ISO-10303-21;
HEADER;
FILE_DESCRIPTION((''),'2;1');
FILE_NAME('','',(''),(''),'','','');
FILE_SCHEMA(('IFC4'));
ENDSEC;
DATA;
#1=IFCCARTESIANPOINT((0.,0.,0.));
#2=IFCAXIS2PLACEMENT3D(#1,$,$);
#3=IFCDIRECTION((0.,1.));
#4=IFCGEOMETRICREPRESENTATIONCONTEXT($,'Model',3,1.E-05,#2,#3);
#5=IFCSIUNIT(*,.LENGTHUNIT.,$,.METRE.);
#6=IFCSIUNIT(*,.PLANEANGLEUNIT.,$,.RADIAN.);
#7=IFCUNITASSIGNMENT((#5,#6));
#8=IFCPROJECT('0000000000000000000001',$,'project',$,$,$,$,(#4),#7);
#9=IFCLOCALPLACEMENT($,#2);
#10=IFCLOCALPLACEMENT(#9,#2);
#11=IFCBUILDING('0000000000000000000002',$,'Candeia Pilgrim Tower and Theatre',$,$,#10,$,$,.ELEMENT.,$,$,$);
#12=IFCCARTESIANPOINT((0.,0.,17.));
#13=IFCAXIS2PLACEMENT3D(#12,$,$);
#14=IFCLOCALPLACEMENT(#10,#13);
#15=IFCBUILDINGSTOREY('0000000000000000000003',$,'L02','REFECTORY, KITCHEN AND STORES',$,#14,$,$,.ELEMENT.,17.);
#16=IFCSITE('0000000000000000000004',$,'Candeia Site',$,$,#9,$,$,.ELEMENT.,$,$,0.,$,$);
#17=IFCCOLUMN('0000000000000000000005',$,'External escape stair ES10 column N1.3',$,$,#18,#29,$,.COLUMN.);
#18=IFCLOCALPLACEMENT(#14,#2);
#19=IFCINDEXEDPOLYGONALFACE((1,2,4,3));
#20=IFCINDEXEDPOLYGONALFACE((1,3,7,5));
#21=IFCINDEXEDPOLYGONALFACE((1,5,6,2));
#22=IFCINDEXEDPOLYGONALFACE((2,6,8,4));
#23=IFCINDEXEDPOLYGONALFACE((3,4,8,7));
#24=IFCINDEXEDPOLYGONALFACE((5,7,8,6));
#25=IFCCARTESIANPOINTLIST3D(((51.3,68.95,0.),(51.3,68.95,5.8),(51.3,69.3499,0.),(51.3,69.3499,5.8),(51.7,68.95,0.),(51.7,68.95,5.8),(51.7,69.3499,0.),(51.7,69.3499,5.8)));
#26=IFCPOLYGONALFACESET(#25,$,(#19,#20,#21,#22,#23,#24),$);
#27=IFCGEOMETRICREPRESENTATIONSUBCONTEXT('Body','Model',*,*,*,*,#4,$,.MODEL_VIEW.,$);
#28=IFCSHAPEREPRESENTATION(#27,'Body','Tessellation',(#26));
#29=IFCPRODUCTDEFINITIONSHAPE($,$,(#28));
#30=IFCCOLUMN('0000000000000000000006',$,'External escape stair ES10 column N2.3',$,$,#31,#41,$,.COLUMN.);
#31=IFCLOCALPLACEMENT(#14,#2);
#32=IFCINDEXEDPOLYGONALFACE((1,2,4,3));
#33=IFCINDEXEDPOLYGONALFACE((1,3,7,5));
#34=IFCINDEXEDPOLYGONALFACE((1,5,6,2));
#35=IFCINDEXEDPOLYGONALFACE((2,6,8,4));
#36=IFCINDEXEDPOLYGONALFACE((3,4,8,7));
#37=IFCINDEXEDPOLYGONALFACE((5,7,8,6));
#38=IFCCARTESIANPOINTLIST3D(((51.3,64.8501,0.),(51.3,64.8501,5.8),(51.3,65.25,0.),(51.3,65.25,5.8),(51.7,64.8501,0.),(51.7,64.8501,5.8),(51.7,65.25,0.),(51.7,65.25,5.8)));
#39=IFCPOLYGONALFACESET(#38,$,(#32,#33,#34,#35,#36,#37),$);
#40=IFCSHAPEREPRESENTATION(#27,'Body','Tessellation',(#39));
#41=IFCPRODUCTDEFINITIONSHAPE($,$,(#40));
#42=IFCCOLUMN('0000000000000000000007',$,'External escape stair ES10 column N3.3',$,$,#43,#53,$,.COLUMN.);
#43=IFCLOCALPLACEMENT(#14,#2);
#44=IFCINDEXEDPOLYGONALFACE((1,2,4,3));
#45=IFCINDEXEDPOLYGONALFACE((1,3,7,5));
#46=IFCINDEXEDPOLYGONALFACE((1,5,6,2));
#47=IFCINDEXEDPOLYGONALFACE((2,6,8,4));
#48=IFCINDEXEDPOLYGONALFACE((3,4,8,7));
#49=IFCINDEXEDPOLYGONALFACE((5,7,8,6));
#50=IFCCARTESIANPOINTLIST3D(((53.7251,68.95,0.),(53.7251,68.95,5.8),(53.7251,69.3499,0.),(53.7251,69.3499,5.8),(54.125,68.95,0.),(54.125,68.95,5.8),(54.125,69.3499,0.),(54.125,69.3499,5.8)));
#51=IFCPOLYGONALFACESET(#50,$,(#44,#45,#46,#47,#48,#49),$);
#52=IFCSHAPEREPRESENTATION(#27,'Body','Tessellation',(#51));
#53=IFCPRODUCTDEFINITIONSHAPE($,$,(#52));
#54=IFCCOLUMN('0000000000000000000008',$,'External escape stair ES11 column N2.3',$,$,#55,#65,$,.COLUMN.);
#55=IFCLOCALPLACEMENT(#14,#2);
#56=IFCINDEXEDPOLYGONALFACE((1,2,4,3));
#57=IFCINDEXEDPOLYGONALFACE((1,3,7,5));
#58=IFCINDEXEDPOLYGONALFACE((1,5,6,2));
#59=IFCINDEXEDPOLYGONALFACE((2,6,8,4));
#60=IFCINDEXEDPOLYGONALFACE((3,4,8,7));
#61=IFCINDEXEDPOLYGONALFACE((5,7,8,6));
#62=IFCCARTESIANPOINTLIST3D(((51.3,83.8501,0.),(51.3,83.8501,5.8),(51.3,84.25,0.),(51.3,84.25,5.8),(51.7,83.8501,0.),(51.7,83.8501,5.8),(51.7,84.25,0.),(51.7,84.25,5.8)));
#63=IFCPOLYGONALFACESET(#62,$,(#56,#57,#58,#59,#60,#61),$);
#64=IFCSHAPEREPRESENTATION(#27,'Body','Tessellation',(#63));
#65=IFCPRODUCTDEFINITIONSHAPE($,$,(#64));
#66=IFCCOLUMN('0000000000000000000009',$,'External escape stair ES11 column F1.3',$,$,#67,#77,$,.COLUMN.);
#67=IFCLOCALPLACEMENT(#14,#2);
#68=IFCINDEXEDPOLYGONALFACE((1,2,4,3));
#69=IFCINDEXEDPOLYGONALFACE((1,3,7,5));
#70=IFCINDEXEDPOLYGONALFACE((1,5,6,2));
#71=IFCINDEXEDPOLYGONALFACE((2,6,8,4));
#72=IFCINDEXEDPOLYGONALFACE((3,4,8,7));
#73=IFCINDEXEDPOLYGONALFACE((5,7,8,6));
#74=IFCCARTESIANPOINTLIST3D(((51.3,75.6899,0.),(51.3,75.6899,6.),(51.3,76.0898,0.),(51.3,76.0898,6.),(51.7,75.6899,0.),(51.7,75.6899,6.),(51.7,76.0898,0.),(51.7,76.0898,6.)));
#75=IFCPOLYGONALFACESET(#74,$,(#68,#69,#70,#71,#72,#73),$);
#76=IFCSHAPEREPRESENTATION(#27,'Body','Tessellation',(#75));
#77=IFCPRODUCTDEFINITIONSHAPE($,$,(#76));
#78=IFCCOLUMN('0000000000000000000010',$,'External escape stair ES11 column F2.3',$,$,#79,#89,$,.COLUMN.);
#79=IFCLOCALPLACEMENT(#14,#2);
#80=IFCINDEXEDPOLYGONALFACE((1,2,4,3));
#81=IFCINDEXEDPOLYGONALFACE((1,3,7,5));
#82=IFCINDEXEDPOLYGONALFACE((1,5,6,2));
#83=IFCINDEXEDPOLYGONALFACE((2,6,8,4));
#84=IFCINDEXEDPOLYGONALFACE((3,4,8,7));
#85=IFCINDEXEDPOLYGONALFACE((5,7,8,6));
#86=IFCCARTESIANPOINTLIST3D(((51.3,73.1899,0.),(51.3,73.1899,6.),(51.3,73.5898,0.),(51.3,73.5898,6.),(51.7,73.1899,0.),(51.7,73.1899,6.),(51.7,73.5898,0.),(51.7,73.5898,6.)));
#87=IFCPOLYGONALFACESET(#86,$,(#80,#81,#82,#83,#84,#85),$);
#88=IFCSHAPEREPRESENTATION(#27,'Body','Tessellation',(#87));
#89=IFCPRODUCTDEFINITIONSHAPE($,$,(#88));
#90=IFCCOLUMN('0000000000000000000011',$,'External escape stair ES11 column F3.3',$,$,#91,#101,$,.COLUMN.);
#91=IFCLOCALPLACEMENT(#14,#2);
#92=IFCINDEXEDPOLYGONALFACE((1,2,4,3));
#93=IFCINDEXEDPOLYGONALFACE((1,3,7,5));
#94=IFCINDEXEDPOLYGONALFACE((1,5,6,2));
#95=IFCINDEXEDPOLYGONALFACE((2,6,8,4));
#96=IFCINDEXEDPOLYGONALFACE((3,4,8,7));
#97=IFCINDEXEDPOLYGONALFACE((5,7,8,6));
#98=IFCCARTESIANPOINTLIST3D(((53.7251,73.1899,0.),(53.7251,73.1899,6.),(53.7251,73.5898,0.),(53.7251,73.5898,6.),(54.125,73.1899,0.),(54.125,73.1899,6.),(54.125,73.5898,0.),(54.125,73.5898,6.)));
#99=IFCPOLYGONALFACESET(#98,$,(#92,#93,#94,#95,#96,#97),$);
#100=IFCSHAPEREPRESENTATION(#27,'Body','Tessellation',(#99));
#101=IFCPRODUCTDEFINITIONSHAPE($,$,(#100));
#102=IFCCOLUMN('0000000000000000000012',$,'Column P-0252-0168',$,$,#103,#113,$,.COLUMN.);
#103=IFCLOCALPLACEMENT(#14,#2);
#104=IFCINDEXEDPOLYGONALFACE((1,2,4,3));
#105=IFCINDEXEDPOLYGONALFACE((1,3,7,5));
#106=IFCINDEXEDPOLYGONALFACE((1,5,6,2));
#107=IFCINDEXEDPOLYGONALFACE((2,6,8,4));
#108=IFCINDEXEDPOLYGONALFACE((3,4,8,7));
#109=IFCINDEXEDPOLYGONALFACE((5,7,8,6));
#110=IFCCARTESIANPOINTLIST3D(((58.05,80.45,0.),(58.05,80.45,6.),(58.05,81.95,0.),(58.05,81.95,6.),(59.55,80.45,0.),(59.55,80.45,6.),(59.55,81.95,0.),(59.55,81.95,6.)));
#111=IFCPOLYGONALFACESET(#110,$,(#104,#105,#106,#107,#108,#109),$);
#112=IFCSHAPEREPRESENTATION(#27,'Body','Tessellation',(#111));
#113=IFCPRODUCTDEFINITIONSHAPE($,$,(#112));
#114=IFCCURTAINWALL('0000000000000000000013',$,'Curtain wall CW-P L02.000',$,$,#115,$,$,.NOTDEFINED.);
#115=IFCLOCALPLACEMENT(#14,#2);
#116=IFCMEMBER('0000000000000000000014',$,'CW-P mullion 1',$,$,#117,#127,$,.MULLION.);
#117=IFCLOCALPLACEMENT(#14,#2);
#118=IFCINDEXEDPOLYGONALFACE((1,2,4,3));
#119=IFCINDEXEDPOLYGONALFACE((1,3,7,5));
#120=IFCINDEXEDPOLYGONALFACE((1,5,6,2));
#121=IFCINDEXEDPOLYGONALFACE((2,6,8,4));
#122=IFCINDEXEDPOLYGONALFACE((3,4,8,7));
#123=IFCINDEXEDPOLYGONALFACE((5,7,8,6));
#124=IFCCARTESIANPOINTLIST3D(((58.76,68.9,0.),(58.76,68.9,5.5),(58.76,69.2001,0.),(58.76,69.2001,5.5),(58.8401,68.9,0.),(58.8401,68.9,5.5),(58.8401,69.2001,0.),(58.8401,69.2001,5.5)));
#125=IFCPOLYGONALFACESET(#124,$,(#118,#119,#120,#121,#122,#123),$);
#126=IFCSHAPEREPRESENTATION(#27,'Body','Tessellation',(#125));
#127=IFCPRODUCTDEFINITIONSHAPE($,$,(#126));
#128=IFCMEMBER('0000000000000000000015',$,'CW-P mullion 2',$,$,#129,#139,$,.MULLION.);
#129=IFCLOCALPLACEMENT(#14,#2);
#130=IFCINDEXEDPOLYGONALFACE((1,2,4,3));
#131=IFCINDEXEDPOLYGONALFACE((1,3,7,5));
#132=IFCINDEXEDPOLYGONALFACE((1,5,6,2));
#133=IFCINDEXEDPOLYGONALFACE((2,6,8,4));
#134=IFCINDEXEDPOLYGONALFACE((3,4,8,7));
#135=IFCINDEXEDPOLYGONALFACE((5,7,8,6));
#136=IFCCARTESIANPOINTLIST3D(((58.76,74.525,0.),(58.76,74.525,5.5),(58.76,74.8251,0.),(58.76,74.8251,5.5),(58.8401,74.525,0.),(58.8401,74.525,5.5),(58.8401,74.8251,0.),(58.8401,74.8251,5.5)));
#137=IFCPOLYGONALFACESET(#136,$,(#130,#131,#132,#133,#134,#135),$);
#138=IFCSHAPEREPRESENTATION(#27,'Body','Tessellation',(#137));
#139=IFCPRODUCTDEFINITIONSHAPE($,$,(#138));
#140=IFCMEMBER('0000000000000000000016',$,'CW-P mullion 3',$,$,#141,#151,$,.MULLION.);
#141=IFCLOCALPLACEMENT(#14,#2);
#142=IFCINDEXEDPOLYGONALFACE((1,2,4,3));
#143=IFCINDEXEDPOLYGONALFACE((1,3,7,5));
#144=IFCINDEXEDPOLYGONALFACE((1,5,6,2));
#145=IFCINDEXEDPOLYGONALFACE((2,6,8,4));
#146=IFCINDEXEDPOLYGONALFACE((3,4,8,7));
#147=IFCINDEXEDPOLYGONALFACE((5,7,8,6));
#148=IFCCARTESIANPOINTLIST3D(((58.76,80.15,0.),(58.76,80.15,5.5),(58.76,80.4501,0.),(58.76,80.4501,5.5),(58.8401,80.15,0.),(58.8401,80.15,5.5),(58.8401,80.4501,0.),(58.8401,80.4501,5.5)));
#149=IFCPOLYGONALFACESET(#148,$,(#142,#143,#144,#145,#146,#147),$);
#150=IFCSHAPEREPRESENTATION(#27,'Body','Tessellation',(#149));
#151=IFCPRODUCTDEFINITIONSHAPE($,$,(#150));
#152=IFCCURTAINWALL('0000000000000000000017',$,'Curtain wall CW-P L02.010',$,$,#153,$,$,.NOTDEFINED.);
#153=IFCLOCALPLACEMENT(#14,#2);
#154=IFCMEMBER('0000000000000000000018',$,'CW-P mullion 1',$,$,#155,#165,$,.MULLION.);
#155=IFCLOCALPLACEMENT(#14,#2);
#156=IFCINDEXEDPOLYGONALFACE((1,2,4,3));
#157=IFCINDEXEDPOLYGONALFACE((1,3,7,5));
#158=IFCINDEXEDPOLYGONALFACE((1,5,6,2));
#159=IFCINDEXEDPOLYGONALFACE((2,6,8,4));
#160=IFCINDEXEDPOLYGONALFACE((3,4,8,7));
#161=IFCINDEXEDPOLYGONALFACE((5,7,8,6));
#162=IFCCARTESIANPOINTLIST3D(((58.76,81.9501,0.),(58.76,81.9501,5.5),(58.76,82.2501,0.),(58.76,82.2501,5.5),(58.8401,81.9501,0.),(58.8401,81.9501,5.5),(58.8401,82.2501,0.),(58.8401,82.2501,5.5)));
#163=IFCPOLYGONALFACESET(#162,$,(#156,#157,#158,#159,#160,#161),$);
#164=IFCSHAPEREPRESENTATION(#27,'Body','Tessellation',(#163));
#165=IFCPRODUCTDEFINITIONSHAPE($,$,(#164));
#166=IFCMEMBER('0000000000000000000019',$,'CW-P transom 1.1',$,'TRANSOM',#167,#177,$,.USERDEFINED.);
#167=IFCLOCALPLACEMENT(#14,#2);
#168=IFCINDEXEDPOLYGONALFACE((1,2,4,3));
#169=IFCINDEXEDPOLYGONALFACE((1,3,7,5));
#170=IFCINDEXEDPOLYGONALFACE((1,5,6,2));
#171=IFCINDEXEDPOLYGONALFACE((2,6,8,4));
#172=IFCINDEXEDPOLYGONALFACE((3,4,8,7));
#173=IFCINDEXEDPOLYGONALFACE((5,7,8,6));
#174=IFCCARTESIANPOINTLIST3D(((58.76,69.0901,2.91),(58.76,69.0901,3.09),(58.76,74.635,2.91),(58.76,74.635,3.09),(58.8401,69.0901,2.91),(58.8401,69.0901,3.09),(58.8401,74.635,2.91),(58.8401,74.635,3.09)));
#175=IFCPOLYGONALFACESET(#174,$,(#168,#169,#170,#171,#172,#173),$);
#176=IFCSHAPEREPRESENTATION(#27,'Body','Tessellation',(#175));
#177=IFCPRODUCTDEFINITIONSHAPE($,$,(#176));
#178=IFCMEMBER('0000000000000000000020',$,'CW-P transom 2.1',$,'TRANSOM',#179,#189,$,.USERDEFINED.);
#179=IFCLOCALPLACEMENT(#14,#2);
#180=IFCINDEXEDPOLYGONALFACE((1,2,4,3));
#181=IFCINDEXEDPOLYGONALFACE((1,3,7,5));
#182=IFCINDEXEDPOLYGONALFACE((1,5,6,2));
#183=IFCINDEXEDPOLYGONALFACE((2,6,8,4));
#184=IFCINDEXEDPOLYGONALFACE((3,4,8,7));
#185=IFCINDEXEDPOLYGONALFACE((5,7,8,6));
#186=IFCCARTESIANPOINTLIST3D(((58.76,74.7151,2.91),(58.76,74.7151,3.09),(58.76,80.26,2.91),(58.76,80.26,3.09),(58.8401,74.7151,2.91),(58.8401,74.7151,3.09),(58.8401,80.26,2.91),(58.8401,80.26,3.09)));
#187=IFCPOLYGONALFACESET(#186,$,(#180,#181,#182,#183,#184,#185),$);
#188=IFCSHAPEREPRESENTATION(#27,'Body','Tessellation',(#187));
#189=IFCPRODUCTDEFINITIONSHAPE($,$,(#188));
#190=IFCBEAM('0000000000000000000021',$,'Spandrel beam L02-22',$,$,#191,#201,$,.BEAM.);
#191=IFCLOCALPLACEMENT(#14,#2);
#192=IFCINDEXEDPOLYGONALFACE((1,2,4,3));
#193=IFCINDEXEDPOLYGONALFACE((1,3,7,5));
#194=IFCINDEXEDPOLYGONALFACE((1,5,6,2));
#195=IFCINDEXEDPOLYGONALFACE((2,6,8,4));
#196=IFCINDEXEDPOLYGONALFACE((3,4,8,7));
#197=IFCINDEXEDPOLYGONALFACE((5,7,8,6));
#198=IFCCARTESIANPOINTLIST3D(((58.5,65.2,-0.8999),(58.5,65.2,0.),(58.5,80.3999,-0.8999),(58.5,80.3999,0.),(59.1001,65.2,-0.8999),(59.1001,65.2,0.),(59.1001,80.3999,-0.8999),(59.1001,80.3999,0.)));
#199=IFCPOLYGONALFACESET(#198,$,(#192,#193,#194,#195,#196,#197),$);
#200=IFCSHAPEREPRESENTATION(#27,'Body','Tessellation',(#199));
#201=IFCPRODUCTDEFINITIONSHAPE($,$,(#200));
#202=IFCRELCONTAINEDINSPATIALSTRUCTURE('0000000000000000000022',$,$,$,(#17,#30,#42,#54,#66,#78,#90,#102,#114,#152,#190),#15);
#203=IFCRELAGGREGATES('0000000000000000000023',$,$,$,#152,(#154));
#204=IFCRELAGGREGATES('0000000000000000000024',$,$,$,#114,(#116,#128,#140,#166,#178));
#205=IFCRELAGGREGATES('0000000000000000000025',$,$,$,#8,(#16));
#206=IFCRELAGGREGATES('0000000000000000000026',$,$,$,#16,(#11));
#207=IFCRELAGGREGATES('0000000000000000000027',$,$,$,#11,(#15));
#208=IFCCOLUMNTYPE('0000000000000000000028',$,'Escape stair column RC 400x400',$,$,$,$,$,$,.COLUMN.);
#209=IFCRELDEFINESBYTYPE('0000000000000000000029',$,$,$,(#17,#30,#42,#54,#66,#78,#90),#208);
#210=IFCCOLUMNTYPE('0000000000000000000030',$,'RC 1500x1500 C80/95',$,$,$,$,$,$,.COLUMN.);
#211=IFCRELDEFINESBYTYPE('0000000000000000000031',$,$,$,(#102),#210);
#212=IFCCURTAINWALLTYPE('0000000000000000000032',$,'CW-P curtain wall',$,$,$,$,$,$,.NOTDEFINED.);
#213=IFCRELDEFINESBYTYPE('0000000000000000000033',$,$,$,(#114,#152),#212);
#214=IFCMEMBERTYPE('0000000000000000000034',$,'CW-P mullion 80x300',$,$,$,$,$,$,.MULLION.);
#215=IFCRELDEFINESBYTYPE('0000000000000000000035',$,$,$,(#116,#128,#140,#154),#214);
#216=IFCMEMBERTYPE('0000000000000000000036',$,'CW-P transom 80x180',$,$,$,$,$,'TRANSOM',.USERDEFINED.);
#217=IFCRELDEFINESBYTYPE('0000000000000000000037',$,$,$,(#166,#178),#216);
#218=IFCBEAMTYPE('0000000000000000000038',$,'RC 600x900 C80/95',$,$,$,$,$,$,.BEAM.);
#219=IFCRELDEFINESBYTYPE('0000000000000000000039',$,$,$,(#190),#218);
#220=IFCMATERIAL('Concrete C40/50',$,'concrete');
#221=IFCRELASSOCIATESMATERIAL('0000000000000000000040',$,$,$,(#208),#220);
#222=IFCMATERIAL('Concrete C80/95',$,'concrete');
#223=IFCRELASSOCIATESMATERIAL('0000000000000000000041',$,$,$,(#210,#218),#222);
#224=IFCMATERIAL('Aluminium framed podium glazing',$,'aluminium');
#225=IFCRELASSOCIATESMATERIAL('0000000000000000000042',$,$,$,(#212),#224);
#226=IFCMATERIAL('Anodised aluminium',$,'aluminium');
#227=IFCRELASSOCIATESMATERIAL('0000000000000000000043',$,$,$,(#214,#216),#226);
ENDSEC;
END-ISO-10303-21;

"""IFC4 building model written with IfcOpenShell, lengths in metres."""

from ifc_helpers import new_model, si_unit, direction, frame, origin, origin_2d, place, context, subcontext, project, spatial, rectangle, extrude, material, material_profile, profile_set, type_object, element, aggregate, save


model = new_model("IFC4")

# Units and contexts
model_context = context("Model", 3, precision=1e-05, world=origin(), true_north=direction((0.0, 1.0)))
body_context = subcontext(model_context, "Body", "Model", "MODEL_VIEW")
ifc_project = project(units=[si_unit("LENGTHUNIT", "METRE"), si_unit("PLANEANGLEUNIT", "RADIAN")], contexts=[model_context])

# Site, building, storey
site_placement = place(None, origin())
site = spatial("IfcSite", under=ifc_project, at=site_placement, Name="Candeia Site", CompositionType="ELEMENT", RefElevation=0.0)
building_placement = place(site_placement, origin())
building = spatial("IfcBuilding", under=site, at=building_placement, Name="Candeia Pilgrim Tower and Theatre", CompositionType="ELEMENT")
storey_placement = place(building_placement, frame((0.0, 0.0, 17.0)))
storey = spatial("IfcBuildingStorey", under=building, at=storey_placement, Name="L02", Description="REFECTORY, KITCHEN AND STORES", CompositionType="ELEMENT", Elevation=17.0)

# Columns
ifc_material_1 = material(Name="Concrete C40/50", Category="concrete")
ifc_material_profile_1 = material_profile(ifc_material_1, rectangle(XDim=0.3999, YDim=0.3999, at=origin_2d()))
ifc_profile_set_1 = profile_set([ifc_material_profile_1], Name="Concrete C40/50")
column_type_1 = type_object("IfcColumnType", Name="Escape stair column RC 400x400", PredefinedType="COLUMN", material=ifc_profile_set_1)
for number, where, z_axis, x_axis, name in (
    (1, (51.5, 69.1499, 0.0), (0.0, 0.0, 1.0), (1.0, 0.0, 0.0), "External escape stair ES10 column N1.3"),
    (2, (51.5, 65.05, 0.0), (0.0, 0.0, 1.0), (1.0, 0.0, 0.0), "External escape stair ES10 column N2.3"),
    (3, (53.925, 69.1499, 0.0), (0.0, 0.0, 1.0), (1.0, 0.0, 0.0), "External escape stair ES10 column N3.3"),
    (4, (51.5, 84.05, 0.0), (0.0, 0.0, 1.0), (1.0, 0.0, 0.0), "External escape stair ES11 column N2.3"),
):
    element("IfcColumn", number, at=place(storey_placement, frame(where, z_axis=z_axis, x_axis=x_axis)), inside=storey, type_object=column_type_1, Name=name, PredefinedType="COLUMN", context=body_context, shape_type="SweptSolid", body=[
        extrude(rectangle(XDim=0.3999, YDim=0.3999, at=origin_2d()), origin(), (0.0, 0.0, 1.0), 5.8),
    ])
for number, where, z_axis, x_axis, name in (
    (5, (51.5, 75.8899, 0.0), (0.0, 0.0, 1.0), (1.0, 0.0, 0.0), "External escape stair ES11 column F1.3"),
    (6, (51.5, 73.3899, 0.0), (0.0, 0.0, 1.0), (1.0, 0.0, 0.0), "External escape stair ES11 column F2.3"),
    (7, (53.925, 73.3899, 0.0), (0.0, 0.0, 1.0), (1.0, 0.0, 0.0), "External escape stair ES11 column F3.3"),
):
    element("IfcColumn", number, at=place(storey_placement, frame(where, z_axis=z_axis, x_axis=x_axis)), inside=storey, type_object=column_type_1, Name=name, PredefinedType="COLUMN", context=body_context, shape_type="SweptSolid", body=[
        extrude(rectangle(XDim=0.3999, YDim=0.3999, at=origin_2d()), origin(), (0.0, 0.0, 1.0), 6.0),
    ])
ifc_material_2 = material(Name="Concrete C80/95", Category="concrete")
ifc_material_profile_2 = material_profile(ifc_material_2, rectangle(XDim=1.5, YDim=1.5, at=origin_2d()))
ifc_profile_set_2 = profile_set([ifc_material_profile_2], Name="Concrete C80/95")
column_type_2 = type_object("IfcColumnType", Name="RC 1500x1500 C80/95", PredefinedType="COLUMN", material=ifc_profile_set_2)
column_placement = place(storey_placement, frame((58.8, 81.2, 0.0), z_axis=(0.0, 0.0, 1.0), x_axis=(1.0, 0.0, 0.0)))
element("IfcColumn", 8, at=column_placement, inside=storey, type_object=column_type_2, Name="Column P-0252-0168", PredefinedType="COLUMN", context=body_context, shape_type="SweptSolid", body=[
    extrude(rectangle(XDim=1.5, YDim=1.5, at=origin_2d()), origin(), (0.0, 0.0, 1.0), 6.0),
])

# Curtain wall, members
ifc_material_3 = material(Name="Aluminium framed podium glazing", Category="aluminium")
curtain_wall_type = type_object("IfcCurtainWallType", Name="CW-P curtain wall", PredefinedType="NOTDEFINED", material=ifc_material_3)
curtain_wall_1_placement = place(storey_placement, origin())
curtain_wall_1 = element("IfcCurtainWall", 9, at=curtain_wall_1_placement, inside=storey, type_object=curtain_wall_type, Name="Curtain wall CW-P L02.000", PredefinedType="NOTDEFINED")
ifc_material_4 = material(Name="Anodised aluminium", Category="aluminium")
ifc_material_profile_3 = material_profile(ifc_material_4, rectangle(XDim=0.0801, YDim=0.3, at=origin_2d()))
ifc_profile_set_3 = profile_set([ifc_material_profile_3], Name="Anodised aluminium")
member_type_1 = type_object("IfcMemberType", Name="CW-P mullion 80x300", PredefinedType="MULLION", material=ifc_profile_set_3)
member_1_placement = place(storey_placement, frame((58.8, 69.05, 0.0), z_axis=(0.0, 0.0, 1.0), x_axis=(-1.0, 0.0, 0.0)))
member_1 = element("IfcMember", 10, at=member_1_placement, type_object=member_type_1, Name="CW-P mullion 1", PredefinedType="MULLION", context=body_context, shape_type="SweptSolid", body=[
    extrude(rectangle(XDim=0.0801, YDim=0.3, at=origin_2d()), origin(), (0.0, 0.0, 1.0), 5.5),
])
member_2_placement = place(storey_placement, frame((58.8, 74.675, 0.0), z_axis=(0.0, 0.0, 1.0), x_axis=(-1.0, 0.0, 0.0)))
member_2 = element("IfcMember", 11, at=member_2_placement, type_object=member_type_1, Name="CW-P mullion 2", PredefinedType="MULLION", context=body_context, shape_type="SweptSolid", body=[
    extrude(rectangle(XDim=0.0801, YDim=0.3, at=origin_2d()), origin(), (0.0, 0.0, 1.0), 5.5),
])
member_3_placement = place(storey_placement, frame((58.8, 80.3, 0.0), z_axis=(0.0, 0.0, 1.0), x_axis=(-1.0, 0.0, 0.0)))
member_3 = element("IfcMember", 12, at=member_3_placement, type_object=member_type_1, Name="CW-P mullion 3", PredefinedType="MULLION", context=body_context, shape_type="SweptSolid", body=[
    extrude(rectangle(XDim=0.0801, YDim=0.3, at=origin_2d()), origin(), (0.0, 0.0, 1.0), 5.5),
])

# Curtain wall, member
curtain_wall_2_placement = place(storey_placement, origin())
curtain_wall_2 = element("IfcCurtainWall", 13, at=curtain_wall_2_placement, inside=storey, type_object=curtain_wall_type, Name="Curtain wall CW-P L02.010", PredefinedType="NOTDEFINED")
member_4_placement = place(storey_placement, frame((58.8, 82.1001, 0.0), z_axis=(0.0, 0.0, 1.0), x_axis=(-1.0, 0.0, 0.0)))
member_4 = element("IfcMember", 14, at=member_4_placement, type_object=member_type_1, Name="CW-P mullion 1", PredefinedType="MULLION", context=body_context, shape_type="SweptSolid", body=[
    extrude(rectangle(XDim=0.0801, YDim=0.3, at=origin_2d()), origin(), (0.0, 0.0, 1.0), 5.5),
])
aggregate(curtain_wall_2, [member_4])

# Members
ifc_material_profile_4 = material_profile(ifc_material_4, rectangle(XDim=0.0801, YDim=0.1799, at=origin_2d()))
ifc_profile_set_4 = profile_set([ifc_material_profile_4], Name="Anodised aluminium")
member_type_2 = type_object("IfcMemberType", Name="CW-P transom 80x180", ElementType="TRANSOM", PredefinedType="USERDEFINED", material=ifc_profile_set_4)
member_5_placement = place(storey_placement, frame((58.8, 69.0901, 3.0), z_axis=(0.0, 1.0, 0.0), x_axis=(-1.0, 0.0, 0.0)))
member_5 = element("IfcMember", 15, at=member_5_placement, type_object=member_type_2, Name="CW-P transom 1.1", ObjectType="TRANSOM", PredefinedType="USERDEFINED", context=body_context, shape_type="SweptSolid", body=[
    extrude(rectangle(XDim=0.0801, YDim=0.1799, at=origin_2d()), origin(), (0.0, 0.0, 1.0), 5.5449),
])
member_6_placement = place(storey_placement, frame((58.8, 74.7151, 3.0), z_axis=(0.0, 1.0, 0.0), x_axis=(-1.0, 0.0, 0.0)))
member_6 = element("IfcMember", 16, at=member_6_placement, type_object=member_type_2, Name="CW-P transom 2.1", ObjectType="TRANSOM", PredefinedType="USERDEFINED", context=body_context, shape_type="SweptSolid", body=[
    extrude(rectangle(XDim=0.0801, YDim=0.1799, at=origin_2d()), origin(), (0.0, 0.0, 1.0), 5.5449),
])

# Beam
ifc_material_profile_5 = material_profile(ifc_material_2, rectangle(XDim=0.6001, YDim=0.8999, at=origin_2d()))
ifc_profile_set_5 = profile_set([ifc_material_profile_5], Name="Concrete C80/95")
beam_type = type_object("IfcBeamType", Name="RC 600x900 C80/95", PredefinedType="BEAM", material=ifc_profile_set_5)
beam_placement = place(storey_placement, frame((58.8, 80.3999, -0.45), z_axis=(0.0, -1.0, 0.0), x_axis=(1.0, 0.0, 0.0)))
element("IfcBeam", 17, at=beam_placement, inside=storey, type_object=beam_type, Name="Spandrel beam L02-22", PredefinedType="BEAM", context=body_context, shape_type="SweptSolid", body=[
    extrude(rectangle(XDim=0.6001, YDim=0.8999, at=origin_2d()), origin(), (0.0, 0.0, 1.0), 15.2),
])

aggregate(curtain_wall_1, [member_1, member_2, member_3, member_5, member_6])

save(model, "model.ifc")
